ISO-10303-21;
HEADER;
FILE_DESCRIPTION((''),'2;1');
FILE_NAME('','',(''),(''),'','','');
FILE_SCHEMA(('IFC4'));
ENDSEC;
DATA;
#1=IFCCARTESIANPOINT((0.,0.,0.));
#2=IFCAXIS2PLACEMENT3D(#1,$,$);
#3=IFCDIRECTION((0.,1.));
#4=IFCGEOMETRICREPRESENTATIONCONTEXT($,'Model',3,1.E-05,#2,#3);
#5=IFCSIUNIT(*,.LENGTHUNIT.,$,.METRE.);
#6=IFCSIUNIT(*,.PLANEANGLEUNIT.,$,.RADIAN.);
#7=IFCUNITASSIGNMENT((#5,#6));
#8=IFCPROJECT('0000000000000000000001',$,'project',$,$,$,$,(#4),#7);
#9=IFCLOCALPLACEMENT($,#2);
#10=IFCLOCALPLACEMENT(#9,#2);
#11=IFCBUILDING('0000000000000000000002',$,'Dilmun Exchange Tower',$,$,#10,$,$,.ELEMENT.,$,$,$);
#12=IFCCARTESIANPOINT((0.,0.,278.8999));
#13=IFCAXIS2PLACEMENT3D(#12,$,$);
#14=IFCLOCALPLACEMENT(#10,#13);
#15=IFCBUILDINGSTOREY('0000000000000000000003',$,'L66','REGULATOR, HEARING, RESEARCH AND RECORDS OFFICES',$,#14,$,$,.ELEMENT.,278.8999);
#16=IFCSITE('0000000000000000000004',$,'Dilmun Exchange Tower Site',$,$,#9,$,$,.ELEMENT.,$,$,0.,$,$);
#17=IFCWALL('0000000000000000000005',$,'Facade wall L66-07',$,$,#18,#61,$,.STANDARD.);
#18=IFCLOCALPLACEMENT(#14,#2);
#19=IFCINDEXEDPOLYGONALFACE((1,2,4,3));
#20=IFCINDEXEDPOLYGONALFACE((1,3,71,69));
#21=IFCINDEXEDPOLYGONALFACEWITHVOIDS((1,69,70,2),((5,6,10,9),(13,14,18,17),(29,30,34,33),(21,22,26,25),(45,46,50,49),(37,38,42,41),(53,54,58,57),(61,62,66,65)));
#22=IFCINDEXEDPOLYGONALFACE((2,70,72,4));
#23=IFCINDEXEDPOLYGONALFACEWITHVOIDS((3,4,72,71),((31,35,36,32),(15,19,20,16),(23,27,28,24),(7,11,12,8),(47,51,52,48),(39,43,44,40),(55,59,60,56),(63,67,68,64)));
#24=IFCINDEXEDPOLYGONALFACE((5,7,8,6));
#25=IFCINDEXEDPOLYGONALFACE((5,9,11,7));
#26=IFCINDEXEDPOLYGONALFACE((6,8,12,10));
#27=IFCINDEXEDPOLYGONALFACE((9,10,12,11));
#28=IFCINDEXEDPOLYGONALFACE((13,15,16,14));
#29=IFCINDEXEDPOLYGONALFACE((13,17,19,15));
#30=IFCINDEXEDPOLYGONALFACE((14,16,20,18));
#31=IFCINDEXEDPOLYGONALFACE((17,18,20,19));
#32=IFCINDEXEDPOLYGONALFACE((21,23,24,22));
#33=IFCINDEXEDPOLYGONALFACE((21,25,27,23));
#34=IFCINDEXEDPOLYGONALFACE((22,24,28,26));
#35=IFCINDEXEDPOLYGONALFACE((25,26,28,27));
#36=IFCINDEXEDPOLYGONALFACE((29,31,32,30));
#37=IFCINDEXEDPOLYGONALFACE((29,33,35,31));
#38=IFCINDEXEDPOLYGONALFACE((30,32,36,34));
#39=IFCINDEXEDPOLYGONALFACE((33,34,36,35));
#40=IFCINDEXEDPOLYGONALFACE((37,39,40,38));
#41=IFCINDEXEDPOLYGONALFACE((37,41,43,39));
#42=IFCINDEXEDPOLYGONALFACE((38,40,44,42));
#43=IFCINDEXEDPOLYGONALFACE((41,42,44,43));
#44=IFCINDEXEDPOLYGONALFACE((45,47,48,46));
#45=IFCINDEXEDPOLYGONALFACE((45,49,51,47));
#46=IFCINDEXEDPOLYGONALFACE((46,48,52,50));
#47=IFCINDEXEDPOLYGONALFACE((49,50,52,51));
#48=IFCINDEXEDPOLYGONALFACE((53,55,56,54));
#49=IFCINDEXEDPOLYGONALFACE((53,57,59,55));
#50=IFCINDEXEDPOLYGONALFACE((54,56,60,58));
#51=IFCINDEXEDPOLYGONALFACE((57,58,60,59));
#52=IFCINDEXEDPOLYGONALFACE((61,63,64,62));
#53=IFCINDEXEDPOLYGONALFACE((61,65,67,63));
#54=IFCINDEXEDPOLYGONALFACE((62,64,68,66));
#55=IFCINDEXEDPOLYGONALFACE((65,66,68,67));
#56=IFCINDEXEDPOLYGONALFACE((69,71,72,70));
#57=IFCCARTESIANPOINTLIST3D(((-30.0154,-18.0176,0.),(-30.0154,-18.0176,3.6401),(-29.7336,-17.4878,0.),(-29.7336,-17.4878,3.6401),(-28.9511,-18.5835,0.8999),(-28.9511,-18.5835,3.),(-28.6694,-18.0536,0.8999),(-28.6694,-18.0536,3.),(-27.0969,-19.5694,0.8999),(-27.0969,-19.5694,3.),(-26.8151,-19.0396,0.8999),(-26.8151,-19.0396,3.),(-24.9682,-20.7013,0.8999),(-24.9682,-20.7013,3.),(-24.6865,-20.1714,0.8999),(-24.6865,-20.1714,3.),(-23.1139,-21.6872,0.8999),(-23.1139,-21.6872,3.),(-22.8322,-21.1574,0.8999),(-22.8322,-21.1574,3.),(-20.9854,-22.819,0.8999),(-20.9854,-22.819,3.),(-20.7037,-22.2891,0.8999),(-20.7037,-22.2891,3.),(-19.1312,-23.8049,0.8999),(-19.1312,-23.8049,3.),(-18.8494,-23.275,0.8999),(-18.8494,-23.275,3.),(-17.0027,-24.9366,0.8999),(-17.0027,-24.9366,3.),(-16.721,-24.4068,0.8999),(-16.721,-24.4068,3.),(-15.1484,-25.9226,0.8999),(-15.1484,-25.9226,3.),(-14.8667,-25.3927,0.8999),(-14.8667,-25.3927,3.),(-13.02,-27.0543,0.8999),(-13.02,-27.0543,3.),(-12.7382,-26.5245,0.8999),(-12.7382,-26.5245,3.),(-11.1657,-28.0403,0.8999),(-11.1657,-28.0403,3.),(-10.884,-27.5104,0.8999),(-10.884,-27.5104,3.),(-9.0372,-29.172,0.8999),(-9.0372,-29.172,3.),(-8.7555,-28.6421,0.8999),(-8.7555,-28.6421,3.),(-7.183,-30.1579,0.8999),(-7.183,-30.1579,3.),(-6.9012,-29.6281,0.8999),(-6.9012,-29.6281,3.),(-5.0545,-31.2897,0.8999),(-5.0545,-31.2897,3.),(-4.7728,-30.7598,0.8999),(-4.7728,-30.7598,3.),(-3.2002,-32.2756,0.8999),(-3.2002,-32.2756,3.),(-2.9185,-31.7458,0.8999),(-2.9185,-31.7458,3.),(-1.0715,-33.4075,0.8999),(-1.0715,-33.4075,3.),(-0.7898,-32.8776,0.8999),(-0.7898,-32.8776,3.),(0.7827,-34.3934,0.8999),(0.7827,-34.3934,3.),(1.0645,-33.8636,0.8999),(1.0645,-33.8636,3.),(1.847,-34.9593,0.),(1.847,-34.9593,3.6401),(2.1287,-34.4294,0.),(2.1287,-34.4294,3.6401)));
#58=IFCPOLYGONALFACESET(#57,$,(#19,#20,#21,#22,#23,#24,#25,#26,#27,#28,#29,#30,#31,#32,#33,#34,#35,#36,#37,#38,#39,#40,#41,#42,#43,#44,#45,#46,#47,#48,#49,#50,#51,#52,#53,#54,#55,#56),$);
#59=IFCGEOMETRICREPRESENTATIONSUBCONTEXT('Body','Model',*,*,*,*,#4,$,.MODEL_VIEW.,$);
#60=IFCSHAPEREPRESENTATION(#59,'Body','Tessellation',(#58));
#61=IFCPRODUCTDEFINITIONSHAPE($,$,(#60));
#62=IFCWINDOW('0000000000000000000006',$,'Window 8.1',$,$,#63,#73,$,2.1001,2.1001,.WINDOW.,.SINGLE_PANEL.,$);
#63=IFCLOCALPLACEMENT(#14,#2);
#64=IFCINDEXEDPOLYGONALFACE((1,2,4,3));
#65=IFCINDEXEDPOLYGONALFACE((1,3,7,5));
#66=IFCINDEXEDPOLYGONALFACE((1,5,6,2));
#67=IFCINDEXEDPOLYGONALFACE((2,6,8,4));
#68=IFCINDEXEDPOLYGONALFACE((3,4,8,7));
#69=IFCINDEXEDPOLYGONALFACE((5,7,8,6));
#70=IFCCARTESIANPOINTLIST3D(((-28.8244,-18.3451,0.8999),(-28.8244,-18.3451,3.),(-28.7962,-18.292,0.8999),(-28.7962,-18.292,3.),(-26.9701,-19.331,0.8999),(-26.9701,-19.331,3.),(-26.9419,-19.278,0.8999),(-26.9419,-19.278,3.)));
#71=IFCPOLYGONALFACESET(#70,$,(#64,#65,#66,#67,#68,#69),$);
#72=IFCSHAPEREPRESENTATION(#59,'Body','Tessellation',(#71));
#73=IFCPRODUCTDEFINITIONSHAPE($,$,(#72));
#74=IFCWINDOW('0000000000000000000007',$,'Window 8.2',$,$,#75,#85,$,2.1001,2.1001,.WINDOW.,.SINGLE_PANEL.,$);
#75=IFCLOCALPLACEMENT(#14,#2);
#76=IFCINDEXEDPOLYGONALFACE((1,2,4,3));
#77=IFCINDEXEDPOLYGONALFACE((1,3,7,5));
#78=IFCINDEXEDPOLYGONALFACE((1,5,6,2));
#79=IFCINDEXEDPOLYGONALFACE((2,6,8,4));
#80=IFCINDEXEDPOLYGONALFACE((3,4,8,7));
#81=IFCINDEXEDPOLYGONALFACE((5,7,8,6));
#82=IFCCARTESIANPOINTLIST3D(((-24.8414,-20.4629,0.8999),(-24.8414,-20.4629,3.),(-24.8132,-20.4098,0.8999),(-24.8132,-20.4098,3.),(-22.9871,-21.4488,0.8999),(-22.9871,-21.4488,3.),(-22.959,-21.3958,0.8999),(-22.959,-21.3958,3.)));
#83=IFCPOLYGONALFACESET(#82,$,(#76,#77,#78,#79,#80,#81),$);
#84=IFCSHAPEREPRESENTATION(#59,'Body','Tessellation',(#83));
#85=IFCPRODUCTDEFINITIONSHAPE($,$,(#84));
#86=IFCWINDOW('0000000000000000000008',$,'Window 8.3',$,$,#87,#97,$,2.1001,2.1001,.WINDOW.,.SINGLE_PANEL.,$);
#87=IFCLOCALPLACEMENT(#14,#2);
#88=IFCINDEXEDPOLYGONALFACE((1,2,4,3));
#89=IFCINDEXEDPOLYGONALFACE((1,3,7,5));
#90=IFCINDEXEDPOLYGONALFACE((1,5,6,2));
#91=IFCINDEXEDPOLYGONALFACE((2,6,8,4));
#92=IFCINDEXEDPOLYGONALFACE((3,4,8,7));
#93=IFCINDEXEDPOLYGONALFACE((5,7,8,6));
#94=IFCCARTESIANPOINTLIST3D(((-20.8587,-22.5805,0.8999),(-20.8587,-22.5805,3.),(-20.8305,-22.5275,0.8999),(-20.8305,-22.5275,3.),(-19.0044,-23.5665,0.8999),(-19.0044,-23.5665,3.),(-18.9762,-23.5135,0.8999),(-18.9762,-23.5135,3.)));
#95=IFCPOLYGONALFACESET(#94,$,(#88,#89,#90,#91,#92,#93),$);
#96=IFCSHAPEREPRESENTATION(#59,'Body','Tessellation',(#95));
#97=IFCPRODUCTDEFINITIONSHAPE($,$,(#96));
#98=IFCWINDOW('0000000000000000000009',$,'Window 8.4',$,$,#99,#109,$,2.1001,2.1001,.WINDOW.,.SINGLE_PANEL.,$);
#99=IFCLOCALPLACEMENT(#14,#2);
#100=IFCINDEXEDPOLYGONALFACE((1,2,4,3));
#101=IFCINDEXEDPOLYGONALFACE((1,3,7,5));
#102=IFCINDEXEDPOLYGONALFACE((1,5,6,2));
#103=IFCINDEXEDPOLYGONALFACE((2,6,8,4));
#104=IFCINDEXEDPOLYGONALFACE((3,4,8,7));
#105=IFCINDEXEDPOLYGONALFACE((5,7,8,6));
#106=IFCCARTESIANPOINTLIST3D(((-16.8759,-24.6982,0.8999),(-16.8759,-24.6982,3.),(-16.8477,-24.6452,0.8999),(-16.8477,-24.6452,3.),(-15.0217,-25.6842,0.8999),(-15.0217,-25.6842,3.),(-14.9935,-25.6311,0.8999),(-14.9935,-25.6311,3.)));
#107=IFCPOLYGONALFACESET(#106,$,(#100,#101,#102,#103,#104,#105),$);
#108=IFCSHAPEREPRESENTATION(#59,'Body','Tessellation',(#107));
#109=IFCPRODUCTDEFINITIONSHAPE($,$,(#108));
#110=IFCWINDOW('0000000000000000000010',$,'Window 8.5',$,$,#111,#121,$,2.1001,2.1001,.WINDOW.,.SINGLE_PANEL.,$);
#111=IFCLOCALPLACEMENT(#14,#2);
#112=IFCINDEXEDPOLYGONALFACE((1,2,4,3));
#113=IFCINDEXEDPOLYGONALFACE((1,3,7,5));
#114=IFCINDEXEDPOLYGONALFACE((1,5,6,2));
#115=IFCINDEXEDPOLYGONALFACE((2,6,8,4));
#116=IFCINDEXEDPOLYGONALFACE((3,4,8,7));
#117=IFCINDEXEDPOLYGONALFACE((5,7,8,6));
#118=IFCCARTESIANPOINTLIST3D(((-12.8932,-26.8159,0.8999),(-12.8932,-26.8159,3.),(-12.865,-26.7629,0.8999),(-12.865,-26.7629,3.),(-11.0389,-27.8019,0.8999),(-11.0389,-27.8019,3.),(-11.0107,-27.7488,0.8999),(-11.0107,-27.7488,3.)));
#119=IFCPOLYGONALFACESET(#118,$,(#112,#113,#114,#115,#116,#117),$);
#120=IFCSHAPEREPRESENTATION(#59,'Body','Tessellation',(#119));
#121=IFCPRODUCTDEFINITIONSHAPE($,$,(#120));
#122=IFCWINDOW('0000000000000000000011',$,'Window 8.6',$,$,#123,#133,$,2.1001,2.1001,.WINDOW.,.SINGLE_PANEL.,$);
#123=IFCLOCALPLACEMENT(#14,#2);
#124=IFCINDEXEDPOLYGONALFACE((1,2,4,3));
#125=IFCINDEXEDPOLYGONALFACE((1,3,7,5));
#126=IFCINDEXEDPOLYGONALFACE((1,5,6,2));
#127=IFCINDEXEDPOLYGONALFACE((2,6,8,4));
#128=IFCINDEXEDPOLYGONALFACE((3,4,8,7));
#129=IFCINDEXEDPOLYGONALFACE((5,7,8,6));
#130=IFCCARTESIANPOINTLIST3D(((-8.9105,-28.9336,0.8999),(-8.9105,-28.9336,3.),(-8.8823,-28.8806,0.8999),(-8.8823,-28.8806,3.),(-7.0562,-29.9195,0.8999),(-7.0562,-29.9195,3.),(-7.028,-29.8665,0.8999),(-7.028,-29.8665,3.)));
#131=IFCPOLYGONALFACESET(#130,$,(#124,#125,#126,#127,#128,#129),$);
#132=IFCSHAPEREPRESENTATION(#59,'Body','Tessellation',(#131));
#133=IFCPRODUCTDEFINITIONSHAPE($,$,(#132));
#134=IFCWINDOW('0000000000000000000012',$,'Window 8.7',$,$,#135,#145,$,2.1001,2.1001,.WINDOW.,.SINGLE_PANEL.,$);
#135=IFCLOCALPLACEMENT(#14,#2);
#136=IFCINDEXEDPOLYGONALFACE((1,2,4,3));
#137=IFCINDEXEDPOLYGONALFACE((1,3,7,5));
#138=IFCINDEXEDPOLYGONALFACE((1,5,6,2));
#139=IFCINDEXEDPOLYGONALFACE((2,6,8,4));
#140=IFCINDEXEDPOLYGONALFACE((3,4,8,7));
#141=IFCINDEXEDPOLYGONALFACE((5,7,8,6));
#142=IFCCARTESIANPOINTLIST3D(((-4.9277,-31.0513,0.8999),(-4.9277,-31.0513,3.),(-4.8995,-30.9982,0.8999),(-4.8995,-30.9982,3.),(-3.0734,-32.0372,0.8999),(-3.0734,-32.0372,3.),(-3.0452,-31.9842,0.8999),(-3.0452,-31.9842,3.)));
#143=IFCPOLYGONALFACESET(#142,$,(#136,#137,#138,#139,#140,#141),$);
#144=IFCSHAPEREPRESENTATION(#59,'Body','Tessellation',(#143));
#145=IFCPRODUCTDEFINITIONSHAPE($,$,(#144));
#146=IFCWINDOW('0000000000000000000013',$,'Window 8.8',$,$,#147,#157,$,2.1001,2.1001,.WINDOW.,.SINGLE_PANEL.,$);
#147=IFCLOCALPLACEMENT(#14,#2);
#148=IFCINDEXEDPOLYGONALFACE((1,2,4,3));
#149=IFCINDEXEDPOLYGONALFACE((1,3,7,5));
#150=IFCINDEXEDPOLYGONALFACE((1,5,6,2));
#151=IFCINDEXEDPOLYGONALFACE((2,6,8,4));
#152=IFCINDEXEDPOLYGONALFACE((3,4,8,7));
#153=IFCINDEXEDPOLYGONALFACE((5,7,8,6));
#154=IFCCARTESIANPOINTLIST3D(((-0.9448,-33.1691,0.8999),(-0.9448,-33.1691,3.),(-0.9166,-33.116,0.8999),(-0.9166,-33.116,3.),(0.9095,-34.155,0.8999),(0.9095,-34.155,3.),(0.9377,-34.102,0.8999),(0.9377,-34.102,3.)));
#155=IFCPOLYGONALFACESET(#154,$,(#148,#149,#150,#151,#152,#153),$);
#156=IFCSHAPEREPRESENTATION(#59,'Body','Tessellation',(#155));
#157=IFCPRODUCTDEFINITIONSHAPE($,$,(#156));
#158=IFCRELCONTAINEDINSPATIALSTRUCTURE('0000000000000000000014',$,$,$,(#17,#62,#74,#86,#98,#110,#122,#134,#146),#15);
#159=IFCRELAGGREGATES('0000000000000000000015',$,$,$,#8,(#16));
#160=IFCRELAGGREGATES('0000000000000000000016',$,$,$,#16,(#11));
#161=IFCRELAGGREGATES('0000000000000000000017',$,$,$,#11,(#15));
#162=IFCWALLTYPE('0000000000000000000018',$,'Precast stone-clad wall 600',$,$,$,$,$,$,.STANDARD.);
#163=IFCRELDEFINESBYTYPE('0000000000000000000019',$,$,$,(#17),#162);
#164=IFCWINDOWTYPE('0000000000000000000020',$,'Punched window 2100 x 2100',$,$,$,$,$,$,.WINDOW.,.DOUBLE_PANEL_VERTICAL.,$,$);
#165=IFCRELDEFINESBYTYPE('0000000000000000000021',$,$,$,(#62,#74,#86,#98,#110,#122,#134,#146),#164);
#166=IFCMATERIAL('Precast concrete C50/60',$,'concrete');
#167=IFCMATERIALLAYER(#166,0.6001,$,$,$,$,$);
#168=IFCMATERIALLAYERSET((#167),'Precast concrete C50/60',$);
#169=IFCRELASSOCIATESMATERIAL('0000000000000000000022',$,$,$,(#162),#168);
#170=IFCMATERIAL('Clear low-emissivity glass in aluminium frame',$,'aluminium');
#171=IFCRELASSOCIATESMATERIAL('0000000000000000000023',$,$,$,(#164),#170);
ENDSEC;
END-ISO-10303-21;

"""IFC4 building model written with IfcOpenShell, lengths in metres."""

from ifc_helpers import new_model, si_unit, direction, frame, frame_2d, origin, place, context, subcontext, project, spatial, rectangle, extrude, material, layer, layer_set, type_object, element, fill, save


model = new_model("IFC4")

# Units and contexts
model_context = context("Model", 3, precision=1e-05, world=origin(), true_north=direction((0.0, 1.0)))
body_context = subcontext(model_context, "Body", "Model", "MODEL_VIEW")
ifc_project = project(units=[si_unit("LENGTHUNIT", "METRE"), si_unit("PLANEANGLEUNIT", "RADIAN")], contexts=[model_context])

# Site, building, storey
site_placement = place(None, origin())
site = spatial("IfcSite", under=ifc_project, at=site_placement, Name="Dilmun Exchange Tower Site", CompositionType="ELEMENT", RefElevation=0.0)
building_placement = place(site_placement, origin())
building = spatial("IfcBuilding", under=site, at=building_placement, Name="Dilmun Exchange Tower", CompositionType="ELEMENT")
storey_placement = place(building_placement, frame((0.0, 0.0, 278.8999)))
storey = spatial("IfcBuildingStorey", under=building, at=storey_placement, Name="L66", Description="REGULATOR, HEARING, RESEARCH AND RECORDS OFFICES", CompositionType="ELEMENT", Elevation=278.8999)

# Shared definitions
ifc_material_1 = material(Name="Precast concrete C50/60", Category="concrete")
ifc_layer_1 = layer(ifc_material_1, 0.6001)
ifc_layer_set_1 = layer_set([ifc_layer_1], Name="Precast concrete C50/60")
wall_type_1 = type_object("IfcWallType", Name="Precast stone-clad wall 600", PredefinedType="STANDARD", material=ifc_layer_set_1)
ifc_material_2 = material(Name="Clear low-emissivity glass in aluminium frame", Category="aluminium")

# Wall, openings, windows
wall_1_placement = place(storey_placement, frame((-29.8745, -17.7527, 0.0), z_axis=(0.0, 0.0, 1.0), x_axis=(0.882946, -0.469475, 0.0)))
wall_1 = element("IfcWall", 1, at=wall_1_placement, inside=storey, type_object=wall_type_1, Name="Facade wall L66-07", PredefinedType="STANDARD", context=body_context, shape_type="SweptSolid", body=[
    extrude(rectangle(XDim=36.0864, YDim=0.6001, at=frame_2d((18.0432, 0.0))), origin(), (0.0, 0.0, 1.0), 3.6401),
])
opening_1_placement = place(wall_1_placement, frame((1.2053, 0.0, 0.8999)))
opening_1 = element("IfcOpeningElement", 2, at=opening_1_placement, cuts=wall_1, PredefinedType="OPENING", context=body_context, shape_type="SweptSolid", body=[
    extrude(rectangle(XDim=2.1001, YDim=2.1001, at=frame_2d((1.05, 1.05))), frame((0.0, 0.3101, 0.0), z_axis=(0.0, -1.0, 0.0), x_axis=(1.0, 0.0, 0.0)), (0.0, 0.0, 1.0), 0.6201),
])
opening_2_placement = place(wall_1_placement, frame((5.7163, 0.0, 0.8999)))
opening_2 = element("IfcOpeningElement", 3, at=opening_2_placement, cuts=wall_1, PredefinedType="OPENING", context=body_context, shape_type="SweptSolid", body=[
    extrude(rectangle(XDim=2.1001, YDim=2.1001, at=frame_2d((1.05, 1.05))), frame((0.0, 0.3101, 0.0), z_axis=(0.0, -1.0, 0.0), x_axis=(1.0, 0.0, 0.0)), (0.0, 0.0, 1.0), 0.6201),
])
opening_3_placement = place(wall_1_placement, frame((10.2271, 0.0, 0.8999)))
opening_3 = element("IfcOpeningElement", 4, at=opening_3_placement, cuts=wall_1, PredefinedType="OPENING", context=body_context, shape_type="SweptSolid", body=[
    extrude(rectangle(XDim=2.1001, YDim=2.1001, at=frame_2d((1.05, 1.05))), frame((0.0, 0.3101, 0.0), z_axis=(0.0, -1.0, 0.0), x_axis=(1.0, 0.0, 0.0)), (0.0, 0.0, 1.0), 0.6201),
])
opening_4_placement = place(wall_1_placement, frame((14.7378, 0.0, 0.8999)))
opening_4 = element("IfcOpeningElement", 5, at=opening_4_placement, cuts=wall_1, PredefinedType="OPENING", context=body_context, shape_type="SweptSolid", body=[
    extrude(rectangle(XDim=2.1001, YDim=2.1001, at=frame_2d((1.05, 1.05))), frame((0.0, 0.3101, 0.0), z_axis=(0.0, -1.0, 0.0), x_axis=(1.0, 0.0, 0.0)), (0.0, 0.0, 1.0), 0.6201),
])
opening_5_placement = place(wall_1_placement, frame((19.2485, 0.0, 0.8999)))
opening_5 = element("IfcOpeningElement", 6, at=opening_5_placement, cuts=wall_1, PredefinedType="OPENING", context=body_context, shape_type="SweptSolid", body=[
    extrude(rectangle(XDim=2.1001, YDim=2.1001, at=frame_2d((1.05, 1.05))), frame((0.0, 0.3101, 0.0), z_axis=(0.0, -1.0, 0.0), x_axis=(1.0, 0.0, 0.0)), (0.0, 0.0, 1.0), 0.6201),
])
opening_6_placement = place(wall_1_placement, frame((23.7593, 0.0, 0.8999)))
opening_6 = element("IfcOpeningElement", 7, at=opening_6_placement, cuts=wall_1, PredefinedType="OPENING", context=body_context, shape_type="SweptSolid", body=[
    extrude(rectangle(XDim=2.1001, YDim=2.1001, at=frame_2d((1.05, 1.05))), frame((0.0, 0.3101, 0.0), z_axis=(0.0, -1.0, 0.0), x_axis=(1.0, 0.0, 0.0)), (0.0, 0.0, 1.0), 0.6201),
])
opening_7_placement = place(wall_1_placement, frame((28.27, 0.0, 0.8999)))
opening_7 = element("IfcOpeningElement", 8, at=opening_7_placement, cuts=wall_1, PredefinedType="OPENING", context=body_context, shape_type="SweptSolid", body=[
    extrude(rectangle(XDim=2.1001, YDim=2.1001, at=frame_2d((1.05, 1.05))), frame((0.0, 0.3101, 0.0), z_axis=(0.0, -1.0, 0.0), x_axis=(1.0, 0.0, 0.0)), (0.0, 0.0, 1.0), 0.6201),
])
opening_8_placement = place(wall_1_placement, frame((32.781, 0.0, 0.8999)))
opening_8 = element("IfcOpeningElement", 9, at=opening_8_placement, cuts=wall_1, PredefinedType="OPENING", context=body_context, shape_type="SweptSolid", body=[
    extrude(rectangle(XDim=2.1001, YDim=2.1001, at=frame_2d((1.05, 1.05))), frame((0.0, 0.3101, 0.0), z_axis=(0.0, -1.0, 0.0), x_axis=(1.0, 0.0, 0.0)), (0.0, 0.0, 1.0), 0.6201),
])
window_type_1 = type_object("IfcWindowType", Name="Punched window 2100 x 2100", PartitioningType="DOUBLE_PANEL_VERTICAL", PredefinedType="WINDOW", material=ifc_material_2)
window_1_placement = place(opening_1_placement, origin())
window_1 = element("IfcWindow", 10, at=window_1_placement, inside=storey, type_object=window_type_1, Name="Window 8.1", OverallHeight=2.1001, OverallWidth=2.1001, PartitioningType="SINGLE_PANEL", PredefinedType="WINDOW", context=body_context, shape_type="SweptSolid", body=[
    extrude(rectangle(XDim=2.1001, YDim=2.1001, at=frame_2d((1.05, 1.05))), frame((0.0, 0.03, 0.0), z_axis=(0.0, -1.0, 0.0), x_axis=(1.0, 0.0, 0.0)), (0.0, 0.0, 1.0), 0.0601),
])
fill(opening_1, window_1)
window_2_placement = place(opening_2_placement, origin())
window_2 = element("IfcWindow", 11, at=window_2_placement, inside=storey, type_object=window_type_1, Name="Window 8.2", OverallHeight=2.1001, OverallWidth=2.1001, PartitioningType="SINGLE_PANEL", PredefinedType="WINDOW", context=body_context, shape_type="SweptSolid", body=[
    extrude(rectangle(XDim=2.1001, YDim=2.1001, at=frame_2d((1.05, 1.05))), frame((0.0, 0.03, 0.0), z_axis=(0.0, -1.0, 0.0), x_axis=(1.0, 0.0, 0.0)), (0.0, 0.0, 1.0), 0.0601),
])
fill(opening_2, window_2)
window_3_placement = place(opening_3_placement, origin())
window_3 = element("IfcWindow", 12, at=window_3_placement, inside=storey, type_object=window_type_1, Name="Window 8.3", OverallHeight=2.1001, OverallWidth=2.1001, PartitioningType="SINGLE_PANEL", PredefinedType="WINDOW", context=body_context, shape_type="SweptSolid", body=[
    extrude(rectangle(XDim=2.1001, YDim=2.1001, at=frame_2d((1.05, 1.05))), frame((0.0, 0.03, 0.0), z_axis=(0.0, -1.0, 0.0), x_axis=(1.0, 0.0, 0.0)), (0.0, 0.0, 1.0), 0.0601),
])
fill(opening_3, window_3)
window_4_placement = place(opening_4_placement, origin())
window_4 = element("IfcWindow", 13, at=window_4_placement, inside=storey, type_object=window_type_1, Name="Window 8.4", OverallHeight=2.1001, OverallWidth=2.1001, PartitioningType="SINGLE_PANEL", PredefinedType="WINDOW", context=body_context, shape_type="SweptSolid", body=[
    extrude(rectangle(XDim=2.1001, YDim=2.1001, at=frame_2d((1.05, 1.05))), frame((0.0, 0.03, 0.0), z_axis=(0.0, -1.0, 0.0), x_axis=(1.0, 0.0, 0.0)), (0.0, 0.0, 1.0), 0.0601),
])
fill(opening_4, window_4)
window_5_placement = place(opening_5_placement, origin())
window_5 = element("IfcWindow", 14, at=window_5_placement, inside=storey, type_object=window_type_1, Name="Window 8.5", OverallHeight=2.1001, OverallWidth=2.1001, PartitioningType="SINGLE_PANEL", PredefinedType="WINDOW", context=body_context, shape_type="SweptSolid", body=[
    extrude(rectangle(XDim=2.1001, YDim=2.1001, at=frame_2d((1.05, 1.05))), frame((0.0, 0.03, 0.0), z_axis=(0.0, -1.0, 0.0), x_axis=(1.0, 0.0, 0.0)), (0.0, 0.0, 1.0), 0.0601),
])
fill(opening_5, window_5)
window_6_placement = place(opening_6_placement, origin())
window_6 = element("IfcWindow", 15, at=window_6_placement, inside=storey, type_object=window_type_1, Name="Window 8.6", OverallHeight=2.1001, OverallWidth=2.1001, PartitioningType="SINGLE_PANEL", PredefinedType="WINDOW", context=body_context, shape_type="SweptSolid", body=[
    extrude(rectangle(XDim=2.1001, YDim=2.1001, at=frame_2d((1.05, 1.05))), frame((0.0, 0.03, 0.0), z_axis=(0.0, -1.0, 0.0), x_axis=(1.0, 0.0, 0.0)), (0.0, 0.0, 1.0), 0.0601),
])
fill(opening_6, window_6)
window_7_placement = place(opening_7_placement, origin())
window_7 = element("IfcWindow", 16, at=window_7_placement, inside=storey, type_object=window_type_1, Name="Window 8.7", OverallHeight=2.1001, OverallWidth=2.1001, PartitioningType="SINGLE_PANEL", PredefinedType="WINDOW", context=body_context, shape_type="SweptSolid", body=[
    extrude(rectangle(XDim=2.1001, YDim=2.1001, at=frame_2d((1.05, 1.05))), frame((0.0, 0.03, 0.0), z_axis=(0.0, -1.0, 0.0), x_axis=(1.0, 0.0, 0.0)), (0.0, 0.0, 1.0), 0.0601),
])
fill(opening_7, window_7)
window_8_placement = place(opening_8_placement, origin())
window_8 = element("IfcWindow", 17, at=window_8_placement, inside=storey, type_object=window_type_1, Name="Window 8.8", OverallHeight=2.1001, OverallWidth=2.1001, PartitioningType="SINGLE_PANEL", PredefinedType="WINDOW", context=body_context, shape_type="SweptSolid", body=[
    extrude(rectangle(XDim=2.1001, YDim=2.1001, at=frame_2d((1.05, 1.05))), frame((0.0, 0.03, 0.0), z_axis=(0.0, -1.0, 0.0), x_axis=(1.0, 0.0, 0.0)), (0.0, 0.0, 1.0), 0.0601),
])
fill(opening_8, window_8)

save(model, "model.ifc")
